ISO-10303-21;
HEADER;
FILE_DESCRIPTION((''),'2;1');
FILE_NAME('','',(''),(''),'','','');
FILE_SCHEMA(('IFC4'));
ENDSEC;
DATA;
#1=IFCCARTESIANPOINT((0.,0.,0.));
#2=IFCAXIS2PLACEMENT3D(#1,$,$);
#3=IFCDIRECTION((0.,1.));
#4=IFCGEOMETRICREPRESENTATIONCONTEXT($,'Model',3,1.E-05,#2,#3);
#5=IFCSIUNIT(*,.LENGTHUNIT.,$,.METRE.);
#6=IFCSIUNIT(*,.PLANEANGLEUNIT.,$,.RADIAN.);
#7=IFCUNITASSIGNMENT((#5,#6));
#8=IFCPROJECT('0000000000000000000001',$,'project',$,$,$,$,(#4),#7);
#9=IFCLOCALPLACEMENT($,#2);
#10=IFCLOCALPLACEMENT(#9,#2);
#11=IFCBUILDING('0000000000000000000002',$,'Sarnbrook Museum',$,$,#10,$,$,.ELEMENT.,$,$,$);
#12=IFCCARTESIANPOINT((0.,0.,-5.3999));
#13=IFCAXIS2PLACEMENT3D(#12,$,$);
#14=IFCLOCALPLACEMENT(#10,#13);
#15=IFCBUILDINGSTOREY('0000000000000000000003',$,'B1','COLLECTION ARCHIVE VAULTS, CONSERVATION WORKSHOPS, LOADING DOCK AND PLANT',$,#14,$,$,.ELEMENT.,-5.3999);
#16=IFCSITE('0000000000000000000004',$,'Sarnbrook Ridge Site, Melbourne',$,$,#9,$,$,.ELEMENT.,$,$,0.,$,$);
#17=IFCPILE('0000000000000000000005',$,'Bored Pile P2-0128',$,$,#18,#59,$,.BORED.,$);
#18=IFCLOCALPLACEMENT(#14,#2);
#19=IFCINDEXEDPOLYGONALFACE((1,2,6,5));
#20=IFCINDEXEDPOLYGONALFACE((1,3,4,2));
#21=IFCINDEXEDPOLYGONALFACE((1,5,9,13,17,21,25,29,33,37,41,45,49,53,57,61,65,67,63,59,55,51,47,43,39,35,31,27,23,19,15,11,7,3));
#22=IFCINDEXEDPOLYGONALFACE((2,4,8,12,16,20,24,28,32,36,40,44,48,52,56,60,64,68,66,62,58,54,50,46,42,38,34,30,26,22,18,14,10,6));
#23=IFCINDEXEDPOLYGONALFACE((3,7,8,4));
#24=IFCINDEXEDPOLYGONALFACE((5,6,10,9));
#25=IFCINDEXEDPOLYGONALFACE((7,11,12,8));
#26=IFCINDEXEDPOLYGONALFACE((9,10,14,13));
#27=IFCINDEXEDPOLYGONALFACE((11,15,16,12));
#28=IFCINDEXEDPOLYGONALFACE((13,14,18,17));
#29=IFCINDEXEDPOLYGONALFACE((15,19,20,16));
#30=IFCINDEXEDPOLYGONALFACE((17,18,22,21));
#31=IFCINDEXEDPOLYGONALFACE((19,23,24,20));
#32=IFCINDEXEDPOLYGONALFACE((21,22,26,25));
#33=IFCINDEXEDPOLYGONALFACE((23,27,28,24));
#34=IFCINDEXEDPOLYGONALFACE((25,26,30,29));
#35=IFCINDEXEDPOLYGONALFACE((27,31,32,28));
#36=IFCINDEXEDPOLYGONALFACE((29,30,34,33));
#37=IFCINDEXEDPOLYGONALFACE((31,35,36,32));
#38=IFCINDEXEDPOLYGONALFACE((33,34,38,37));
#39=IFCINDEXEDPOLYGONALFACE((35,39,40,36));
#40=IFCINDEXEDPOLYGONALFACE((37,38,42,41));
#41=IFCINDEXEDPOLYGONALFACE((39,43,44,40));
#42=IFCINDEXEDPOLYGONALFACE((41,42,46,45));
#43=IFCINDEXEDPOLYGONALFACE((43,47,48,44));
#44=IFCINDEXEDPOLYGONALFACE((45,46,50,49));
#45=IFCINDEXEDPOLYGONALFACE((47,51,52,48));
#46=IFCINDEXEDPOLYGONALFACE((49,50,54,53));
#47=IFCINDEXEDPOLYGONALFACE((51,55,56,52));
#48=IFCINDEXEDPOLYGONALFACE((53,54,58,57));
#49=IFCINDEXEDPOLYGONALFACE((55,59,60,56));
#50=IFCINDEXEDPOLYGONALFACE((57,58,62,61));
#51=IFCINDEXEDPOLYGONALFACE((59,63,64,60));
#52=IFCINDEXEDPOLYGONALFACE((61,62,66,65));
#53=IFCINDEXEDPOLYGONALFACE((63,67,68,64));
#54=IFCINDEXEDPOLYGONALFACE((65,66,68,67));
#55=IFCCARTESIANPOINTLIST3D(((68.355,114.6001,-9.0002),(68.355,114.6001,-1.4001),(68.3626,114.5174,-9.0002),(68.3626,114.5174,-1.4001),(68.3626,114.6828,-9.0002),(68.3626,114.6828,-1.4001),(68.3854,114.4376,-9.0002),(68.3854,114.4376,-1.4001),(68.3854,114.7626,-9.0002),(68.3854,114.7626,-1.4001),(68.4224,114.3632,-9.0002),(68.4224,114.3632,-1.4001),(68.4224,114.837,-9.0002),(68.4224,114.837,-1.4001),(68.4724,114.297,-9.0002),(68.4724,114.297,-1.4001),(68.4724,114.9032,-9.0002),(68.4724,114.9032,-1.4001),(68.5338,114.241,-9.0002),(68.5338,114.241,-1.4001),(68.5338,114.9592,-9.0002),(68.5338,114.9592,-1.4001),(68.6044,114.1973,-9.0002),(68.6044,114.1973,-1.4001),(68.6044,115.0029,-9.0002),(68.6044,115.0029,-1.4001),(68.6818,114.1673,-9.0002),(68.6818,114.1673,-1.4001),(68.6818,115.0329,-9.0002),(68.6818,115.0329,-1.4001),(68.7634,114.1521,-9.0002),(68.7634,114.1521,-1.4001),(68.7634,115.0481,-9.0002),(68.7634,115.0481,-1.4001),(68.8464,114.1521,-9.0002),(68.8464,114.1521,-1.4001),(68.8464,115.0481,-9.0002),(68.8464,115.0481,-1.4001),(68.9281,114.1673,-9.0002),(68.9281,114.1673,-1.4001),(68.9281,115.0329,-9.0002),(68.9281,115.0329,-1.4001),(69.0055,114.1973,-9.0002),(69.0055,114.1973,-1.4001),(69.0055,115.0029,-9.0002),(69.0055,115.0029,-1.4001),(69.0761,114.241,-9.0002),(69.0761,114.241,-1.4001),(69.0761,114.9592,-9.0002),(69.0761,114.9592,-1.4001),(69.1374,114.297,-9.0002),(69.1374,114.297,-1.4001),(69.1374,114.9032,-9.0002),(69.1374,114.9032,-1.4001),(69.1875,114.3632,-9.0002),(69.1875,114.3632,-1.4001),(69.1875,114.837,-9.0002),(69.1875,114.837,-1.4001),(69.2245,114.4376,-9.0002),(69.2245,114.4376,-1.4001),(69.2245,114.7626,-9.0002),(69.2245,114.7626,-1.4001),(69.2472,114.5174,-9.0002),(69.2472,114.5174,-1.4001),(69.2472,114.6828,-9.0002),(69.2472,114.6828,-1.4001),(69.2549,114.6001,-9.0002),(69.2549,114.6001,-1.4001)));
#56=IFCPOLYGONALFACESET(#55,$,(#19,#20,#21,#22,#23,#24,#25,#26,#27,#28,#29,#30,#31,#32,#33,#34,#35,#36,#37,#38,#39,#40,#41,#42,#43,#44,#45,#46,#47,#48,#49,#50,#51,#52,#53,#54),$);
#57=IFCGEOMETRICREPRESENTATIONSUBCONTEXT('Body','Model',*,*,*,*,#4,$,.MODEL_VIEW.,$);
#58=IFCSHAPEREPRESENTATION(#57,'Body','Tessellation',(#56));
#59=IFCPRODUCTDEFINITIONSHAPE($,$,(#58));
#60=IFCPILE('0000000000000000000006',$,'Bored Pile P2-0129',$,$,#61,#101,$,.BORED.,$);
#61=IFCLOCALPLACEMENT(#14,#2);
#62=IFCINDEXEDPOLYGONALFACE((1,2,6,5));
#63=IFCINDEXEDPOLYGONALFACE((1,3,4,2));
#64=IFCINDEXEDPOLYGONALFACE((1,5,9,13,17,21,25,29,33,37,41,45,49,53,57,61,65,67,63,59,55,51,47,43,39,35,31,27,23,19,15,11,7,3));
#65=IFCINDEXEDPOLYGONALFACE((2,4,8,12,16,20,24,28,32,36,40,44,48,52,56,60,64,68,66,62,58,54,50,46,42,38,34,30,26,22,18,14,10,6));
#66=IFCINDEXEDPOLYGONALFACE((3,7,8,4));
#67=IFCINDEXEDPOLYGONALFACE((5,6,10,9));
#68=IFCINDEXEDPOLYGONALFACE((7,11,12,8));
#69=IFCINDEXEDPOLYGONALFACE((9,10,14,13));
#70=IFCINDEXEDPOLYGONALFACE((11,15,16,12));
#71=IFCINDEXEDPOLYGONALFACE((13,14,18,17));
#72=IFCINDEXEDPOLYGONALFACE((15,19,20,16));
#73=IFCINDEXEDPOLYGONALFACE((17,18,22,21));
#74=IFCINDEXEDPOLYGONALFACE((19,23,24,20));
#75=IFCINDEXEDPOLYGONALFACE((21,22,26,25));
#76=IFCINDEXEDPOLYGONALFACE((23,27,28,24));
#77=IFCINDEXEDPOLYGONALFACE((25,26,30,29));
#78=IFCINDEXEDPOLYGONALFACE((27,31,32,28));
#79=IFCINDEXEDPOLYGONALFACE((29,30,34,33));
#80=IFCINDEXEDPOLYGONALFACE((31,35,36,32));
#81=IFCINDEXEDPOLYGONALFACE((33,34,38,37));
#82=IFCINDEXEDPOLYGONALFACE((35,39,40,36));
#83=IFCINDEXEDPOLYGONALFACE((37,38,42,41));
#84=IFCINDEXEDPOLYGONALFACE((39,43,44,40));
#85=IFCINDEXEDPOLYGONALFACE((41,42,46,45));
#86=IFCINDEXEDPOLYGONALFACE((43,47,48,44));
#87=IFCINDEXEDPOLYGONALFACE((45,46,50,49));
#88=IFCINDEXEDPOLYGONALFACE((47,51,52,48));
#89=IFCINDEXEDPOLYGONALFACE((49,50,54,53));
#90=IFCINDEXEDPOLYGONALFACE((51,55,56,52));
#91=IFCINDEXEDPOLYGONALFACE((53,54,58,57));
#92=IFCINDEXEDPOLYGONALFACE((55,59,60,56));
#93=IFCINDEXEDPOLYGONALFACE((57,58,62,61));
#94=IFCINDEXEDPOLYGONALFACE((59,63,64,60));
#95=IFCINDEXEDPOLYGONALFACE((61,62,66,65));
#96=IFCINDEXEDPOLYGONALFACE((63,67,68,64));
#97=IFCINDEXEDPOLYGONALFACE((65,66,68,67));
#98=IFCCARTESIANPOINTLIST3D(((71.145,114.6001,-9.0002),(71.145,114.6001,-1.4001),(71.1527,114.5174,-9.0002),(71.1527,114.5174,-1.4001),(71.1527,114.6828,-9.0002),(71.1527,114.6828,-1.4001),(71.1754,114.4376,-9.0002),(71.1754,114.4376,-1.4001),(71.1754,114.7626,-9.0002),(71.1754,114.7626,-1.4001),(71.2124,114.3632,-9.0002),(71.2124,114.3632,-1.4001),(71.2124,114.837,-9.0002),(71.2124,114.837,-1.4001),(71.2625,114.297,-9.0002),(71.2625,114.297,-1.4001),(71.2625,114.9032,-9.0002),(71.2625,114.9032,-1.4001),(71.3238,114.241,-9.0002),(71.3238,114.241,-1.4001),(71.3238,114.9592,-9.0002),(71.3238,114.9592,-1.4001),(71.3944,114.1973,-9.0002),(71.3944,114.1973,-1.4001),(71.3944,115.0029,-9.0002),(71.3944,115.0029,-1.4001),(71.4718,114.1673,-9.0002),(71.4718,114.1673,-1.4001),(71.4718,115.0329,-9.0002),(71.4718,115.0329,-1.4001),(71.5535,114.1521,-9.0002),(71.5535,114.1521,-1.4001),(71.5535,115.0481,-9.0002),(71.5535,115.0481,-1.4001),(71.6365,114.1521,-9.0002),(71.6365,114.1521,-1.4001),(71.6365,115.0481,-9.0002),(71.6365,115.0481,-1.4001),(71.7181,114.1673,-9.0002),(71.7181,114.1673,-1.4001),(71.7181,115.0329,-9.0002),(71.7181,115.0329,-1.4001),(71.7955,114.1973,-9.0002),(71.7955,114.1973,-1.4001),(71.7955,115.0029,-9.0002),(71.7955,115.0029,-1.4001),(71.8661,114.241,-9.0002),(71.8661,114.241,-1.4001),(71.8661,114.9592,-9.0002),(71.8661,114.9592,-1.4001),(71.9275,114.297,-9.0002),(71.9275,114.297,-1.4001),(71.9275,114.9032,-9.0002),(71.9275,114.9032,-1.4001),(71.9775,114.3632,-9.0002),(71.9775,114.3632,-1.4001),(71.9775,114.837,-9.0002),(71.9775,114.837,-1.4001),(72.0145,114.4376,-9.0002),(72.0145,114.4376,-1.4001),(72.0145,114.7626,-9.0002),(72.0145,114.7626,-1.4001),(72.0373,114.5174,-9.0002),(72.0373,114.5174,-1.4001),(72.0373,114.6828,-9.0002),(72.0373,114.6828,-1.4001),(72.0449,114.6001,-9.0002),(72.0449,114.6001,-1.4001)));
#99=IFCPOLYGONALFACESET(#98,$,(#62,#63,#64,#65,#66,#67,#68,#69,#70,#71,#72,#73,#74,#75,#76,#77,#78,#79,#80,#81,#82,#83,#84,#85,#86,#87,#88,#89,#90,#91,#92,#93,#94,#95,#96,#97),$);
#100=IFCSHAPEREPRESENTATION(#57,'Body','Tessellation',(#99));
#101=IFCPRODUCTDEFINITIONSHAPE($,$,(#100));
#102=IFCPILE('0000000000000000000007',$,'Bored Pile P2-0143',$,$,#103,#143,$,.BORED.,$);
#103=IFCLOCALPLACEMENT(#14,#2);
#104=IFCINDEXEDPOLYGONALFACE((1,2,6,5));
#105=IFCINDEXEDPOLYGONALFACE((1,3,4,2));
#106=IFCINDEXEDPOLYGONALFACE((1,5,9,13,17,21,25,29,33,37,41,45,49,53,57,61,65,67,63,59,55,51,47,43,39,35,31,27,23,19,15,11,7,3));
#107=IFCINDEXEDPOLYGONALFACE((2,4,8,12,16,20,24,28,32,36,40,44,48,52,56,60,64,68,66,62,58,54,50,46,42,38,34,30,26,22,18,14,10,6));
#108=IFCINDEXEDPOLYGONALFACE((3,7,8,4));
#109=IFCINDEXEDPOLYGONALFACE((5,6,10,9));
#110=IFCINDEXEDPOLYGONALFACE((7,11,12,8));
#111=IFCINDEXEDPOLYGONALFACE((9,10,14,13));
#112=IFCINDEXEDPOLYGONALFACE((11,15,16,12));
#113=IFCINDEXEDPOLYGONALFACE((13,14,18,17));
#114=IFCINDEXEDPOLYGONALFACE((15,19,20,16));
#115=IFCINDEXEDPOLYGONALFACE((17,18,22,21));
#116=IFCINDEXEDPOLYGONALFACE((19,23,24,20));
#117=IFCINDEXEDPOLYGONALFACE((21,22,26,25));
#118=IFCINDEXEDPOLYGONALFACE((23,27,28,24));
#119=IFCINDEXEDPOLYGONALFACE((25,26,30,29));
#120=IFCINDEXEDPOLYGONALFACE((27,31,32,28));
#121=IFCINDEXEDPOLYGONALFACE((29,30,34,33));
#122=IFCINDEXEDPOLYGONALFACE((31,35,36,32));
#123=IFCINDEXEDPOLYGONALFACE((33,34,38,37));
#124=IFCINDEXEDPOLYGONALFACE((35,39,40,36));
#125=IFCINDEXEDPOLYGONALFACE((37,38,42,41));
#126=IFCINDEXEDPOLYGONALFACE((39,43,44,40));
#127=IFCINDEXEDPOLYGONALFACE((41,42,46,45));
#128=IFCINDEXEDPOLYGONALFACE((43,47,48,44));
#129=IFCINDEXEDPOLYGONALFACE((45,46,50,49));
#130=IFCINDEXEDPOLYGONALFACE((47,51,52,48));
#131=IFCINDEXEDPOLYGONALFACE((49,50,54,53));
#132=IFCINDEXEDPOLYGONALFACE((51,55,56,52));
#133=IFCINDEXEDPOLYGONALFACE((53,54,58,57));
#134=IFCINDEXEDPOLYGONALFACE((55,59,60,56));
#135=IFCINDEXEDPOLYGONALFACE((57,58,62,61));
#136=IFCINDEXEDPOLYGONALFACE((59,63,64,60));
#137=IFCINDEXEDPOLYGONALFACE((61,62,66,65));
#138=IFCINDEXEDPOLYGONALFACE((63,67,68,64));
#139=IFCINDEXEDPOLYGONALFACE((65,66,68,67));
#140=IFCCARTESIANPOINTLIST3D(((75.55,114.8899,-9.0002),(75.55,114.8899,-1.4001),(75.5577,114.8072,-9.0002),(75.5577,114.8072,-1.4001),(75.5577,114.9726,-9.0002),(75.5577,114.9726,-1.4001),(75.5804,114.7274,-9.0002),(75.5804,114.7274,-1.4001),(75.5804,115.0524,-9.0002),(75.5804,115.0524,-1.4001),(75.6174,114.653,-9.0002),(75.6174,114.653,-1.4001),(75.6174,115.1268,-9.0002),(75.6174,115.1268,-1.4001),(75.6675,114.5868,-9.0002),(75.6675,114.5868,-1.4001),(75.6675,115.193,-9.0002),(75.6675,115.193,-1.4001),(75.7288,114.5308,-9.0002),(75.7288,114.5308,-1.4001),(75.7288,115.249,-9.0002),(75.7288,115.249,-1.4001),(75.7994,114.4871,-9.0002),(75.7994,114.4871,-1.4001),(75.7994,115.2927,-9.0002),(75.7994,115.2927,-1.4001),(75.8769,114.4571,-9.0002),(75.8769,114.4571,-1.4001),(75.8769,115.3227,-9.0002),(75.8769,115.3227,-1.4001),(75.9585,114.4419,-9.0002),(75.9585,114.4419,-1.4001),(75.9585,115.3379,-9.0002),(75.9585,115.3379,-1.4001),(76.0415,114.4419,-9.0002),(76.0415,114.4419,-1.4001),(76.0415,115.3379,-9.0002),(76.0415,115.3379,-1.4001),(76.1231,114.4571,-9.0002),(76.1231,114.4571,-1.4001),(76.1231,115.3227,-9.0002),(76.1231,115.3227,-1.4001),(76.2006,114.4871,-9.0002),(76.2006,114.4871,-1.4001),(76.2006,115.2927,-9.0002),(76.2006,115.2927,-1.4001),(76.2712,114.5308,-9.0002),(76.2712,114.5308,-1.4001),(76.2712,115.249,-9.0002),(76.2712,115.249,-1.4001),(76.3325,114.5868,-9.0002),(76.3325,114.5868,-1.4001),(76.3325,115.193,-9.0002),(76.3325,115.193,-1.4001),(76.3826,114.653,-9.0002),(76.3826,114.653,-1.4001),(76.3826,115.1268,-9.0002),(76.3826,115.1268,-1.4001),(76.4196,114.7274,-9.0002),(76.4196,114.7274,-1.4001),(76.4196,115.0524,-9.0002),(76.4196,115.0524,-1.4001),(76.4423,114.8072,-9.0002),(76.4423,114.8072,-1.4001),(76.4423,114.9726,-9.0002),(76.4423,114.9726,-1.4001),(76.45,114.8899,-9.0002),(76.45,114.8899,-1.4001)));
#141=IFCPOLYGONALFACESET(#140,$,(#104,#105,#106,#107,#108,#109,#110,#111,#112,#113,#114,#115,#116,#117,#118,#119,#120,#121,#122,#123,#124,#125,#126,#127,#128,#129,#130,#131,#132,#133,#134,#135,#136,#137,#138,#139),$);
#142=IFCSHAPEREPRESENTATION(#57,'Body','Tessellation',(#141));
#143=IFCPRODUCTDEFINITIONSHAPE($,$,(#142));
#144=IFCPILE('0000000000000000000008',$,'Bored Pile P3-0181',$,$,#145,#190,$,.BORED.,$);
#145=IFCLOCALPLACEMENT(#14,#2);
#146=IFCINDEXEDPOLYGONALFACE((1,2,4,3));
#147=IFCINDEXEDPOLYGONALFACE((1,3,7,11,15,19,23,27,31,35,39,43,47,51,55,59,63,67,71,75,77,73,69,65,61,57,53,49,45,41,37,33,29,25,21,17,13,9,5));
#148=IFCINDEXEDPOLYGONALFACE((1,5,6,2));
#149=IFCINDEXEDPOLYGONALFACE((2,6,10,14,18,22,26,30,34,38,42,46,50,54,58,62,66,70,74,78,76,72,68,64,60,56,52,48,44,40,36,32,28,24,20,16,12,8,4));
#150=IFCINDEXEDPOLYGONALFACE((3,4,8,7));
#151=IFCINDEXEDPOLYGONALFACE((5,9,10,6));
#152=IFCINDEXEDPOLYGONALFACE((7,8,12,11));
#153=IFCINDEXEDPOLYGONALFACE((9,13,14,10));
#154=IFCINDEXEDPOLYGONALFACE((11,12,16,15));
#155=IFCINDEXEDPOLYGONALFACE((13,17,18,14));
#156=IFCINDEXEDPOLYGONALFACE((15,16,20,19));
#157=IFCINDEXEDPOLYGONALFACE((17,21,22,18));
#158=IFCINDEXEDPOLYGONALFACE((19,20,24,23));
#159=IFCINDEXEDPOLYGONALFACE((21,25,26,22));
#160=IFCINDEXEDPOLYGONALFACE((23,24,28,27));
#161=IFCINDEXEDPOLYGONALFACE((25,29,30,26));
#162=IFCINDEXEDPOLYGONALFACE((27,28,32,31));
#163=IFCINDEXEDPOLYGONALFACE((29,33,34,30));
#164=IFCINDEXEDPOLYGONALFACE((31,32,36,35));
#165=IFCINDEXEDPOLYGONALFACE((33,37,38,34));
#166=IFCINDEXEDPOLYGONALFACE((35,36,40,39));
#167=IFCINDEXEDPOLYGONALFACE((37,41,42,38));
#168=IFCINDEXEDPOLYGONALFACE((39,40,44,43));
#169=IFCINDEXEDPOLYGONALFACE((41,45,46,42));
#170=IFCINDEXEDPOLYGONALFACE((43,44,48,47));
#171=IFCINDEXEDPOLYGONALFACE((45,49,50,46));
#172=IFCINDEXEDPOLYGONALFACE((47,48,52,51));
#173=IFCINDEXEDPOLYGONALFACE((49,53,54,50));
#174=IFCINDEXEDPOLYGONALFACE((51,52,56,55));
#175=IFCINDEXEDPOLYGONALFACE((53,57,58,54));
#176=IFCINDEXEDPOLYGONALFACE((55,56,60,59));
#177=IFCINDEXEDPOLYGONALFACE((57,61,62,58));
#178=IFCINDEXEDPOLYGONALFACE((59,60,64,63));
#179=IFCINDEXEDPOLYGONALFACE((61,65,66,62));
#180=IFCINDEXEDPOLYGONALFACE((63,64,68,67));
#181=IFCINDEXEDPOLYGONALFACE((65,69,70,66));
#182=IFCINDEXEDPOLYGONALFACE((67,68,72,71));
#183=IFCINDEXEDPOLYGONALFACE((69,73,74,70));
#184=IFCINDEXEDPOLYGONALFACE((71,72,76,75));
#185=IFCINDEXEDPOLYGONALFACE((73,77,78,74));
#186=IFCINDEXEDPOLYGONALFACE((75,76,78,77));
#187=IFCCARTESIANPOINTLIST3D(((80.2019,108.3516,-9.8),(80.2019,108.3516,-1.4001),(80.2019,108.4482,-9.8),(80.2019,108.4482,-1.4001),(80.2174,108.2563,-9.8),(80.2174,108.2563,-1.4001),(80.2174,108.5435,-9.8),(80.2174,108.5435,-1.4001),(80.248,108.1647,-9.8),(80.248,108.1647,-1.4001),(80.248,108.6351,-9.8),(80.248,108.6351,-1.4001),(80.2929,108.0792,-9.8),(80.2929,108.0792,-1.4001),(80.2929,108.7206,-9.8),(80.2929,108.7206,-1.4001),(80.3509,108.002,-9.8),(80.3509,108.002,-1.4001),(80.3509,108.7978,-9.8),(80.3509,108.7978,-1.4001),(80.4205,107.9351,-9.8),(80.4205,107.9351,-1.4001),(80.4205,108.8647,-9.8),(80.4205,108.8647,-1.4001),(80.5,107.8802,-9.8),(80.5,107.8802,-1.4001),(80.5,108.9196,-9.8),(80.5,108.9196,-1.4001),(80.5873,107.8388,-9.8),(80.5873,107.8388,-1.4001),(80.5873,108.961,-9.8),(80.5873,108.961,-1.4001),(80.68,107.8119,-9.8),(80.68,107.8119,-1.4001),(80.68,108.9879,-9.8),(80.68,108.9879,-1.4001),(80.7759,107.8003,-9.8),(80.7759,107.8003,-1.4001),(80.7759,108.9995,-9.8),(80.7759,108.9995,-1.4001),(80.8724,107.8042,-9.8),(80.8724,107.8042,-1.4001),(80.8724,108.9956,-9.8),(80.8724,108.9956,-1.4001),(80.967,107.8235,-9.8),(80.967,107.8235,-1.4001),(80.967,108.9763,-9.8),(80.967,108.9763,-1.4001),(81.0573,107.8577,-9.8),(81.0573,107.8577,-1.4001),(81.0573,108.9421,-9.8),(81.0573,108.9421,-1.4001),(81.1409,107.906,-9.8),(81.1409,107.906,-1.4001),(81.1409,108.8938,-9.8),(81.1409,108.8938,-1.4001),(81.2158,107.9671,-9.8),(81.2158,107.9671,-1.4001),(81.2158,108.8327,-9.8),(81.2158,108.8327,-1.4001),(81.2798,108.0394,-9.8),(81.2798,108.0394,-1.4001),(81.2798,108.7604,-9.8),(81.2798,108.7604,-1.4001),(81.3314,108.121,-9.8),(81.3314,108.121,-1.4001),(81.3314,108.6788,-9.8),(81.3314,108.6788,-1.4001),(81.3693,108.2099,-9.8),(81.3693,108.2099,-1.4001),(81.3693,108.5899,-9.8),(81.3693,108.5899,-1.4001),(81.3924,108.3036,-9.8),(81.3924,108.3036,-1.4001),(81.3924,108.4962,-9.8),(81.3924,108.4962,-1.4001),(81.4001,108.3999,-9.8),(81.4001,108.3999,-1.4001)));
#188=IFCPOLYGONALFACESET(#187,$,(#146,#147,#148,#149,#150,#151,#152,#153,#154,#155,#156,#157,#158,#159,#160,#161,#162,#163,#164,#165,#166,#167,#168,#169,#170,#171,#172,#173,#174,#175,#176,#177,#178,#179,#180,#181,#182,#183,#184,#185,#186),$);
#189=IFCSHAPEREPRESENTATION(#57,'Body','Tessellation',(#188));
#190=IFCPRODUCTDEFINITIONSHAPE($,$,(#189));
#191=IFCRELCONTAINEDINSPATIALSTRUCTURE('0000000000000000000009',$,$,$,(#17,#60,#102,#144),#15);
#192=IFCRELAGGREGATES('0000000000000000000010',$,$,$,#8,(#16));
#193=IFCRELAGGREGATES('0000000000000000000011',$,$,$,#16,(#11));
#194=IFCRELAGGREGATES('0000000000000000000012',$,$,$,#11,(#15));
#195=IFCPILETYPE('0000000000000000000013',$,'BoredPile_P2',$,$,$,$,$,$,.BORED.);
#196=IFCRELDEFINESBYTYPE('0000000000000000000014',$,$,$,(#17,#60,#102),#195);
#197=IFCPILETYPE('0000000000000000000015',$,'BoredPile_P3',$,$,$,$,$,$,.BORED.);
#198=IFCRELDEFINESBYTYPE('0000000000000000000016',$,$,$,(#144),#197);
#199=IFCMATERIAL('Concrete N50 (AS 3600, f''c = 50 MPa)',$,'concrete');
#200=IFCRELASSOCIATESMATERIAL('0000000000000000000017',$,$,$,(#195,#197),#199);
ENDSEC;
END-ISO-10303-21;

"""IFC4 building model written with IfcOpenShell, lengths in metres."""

from ifc_helpers import new_model, si_unit, direction, frame, origin, origin_2d, place, context, subcontext, project, spatial, circle, extrude, material, material_profile, profile_set, type_object, element, save


model = new_model("IFC4")

# Units and contexts
model_context = context("Model", 3, precision=1e-05, world=origin(), true_north=direction((0.0, 1.0)))
body_context = subcontext(model_context, "Body", "Model", "MODEL_VIEW")
ifc_project = project(units=[si_unit("LENGTHUNIT", "METRE"), si_unit("PLANEANGLEUNIT", "RADIAN")], contexts=[model_context])

# Site, building, storey
site_placement = place(None, origin())
site = spatial("IfcSite", under=ifc_project, at=site_placement, Name="Sarnbrook Ridge Site, Melbourne", CompositionType="ELEMENT", RefElevation=0.0)
building_placement = place(site_placement, origin())
building = spatial("IfcBuilding", under=site, at=building_placement, Name="Sarnbrook Museum", CompositionType="ELEMENT")
storey_placement = place(building_placement, frame((0.0, 0.0, -5.3999)))
storey = spatial("IfcBuildingStorey", under=building, at=storey_placement, Name="B1", Description="COLLECTION ARCHIVE VAULTS, CONSERVATION WORKSHOPS, LOADING DOCK AND PLANT", CompositionType="ELEMENT", Elevation=-5.3999)

# Piles
ifc_material_1 = material(Name="Concrete N50 (AS 3600, f'c = 50 MPa)", Category="concrete")
ifc_material_profile_1 = material_profile(ifc_material_1, circle(Radius=0.45, at=origin_2d()), Name="BORED PILE D900")
ifc_profile_set_1 = profile_set([ifc_material_profile_1], Name="Concrete N50 (AS 3600, f'c = 50 MPa)")
pile_type_1 = type_object("IfcPileType", Name="BoredPile_P2", PredefinedType="BORED", material=ifc_profile_set_1)
for number, where, z_axis, x_axis, name in (
    (1, (68.8049, 114.6001, -1.4001), (0.0, 0.0, -1.0), (1.0, 0.0, 0.0), "Bored Pile P2-0128"),
    (2, (71.595, 114.6001, -1.4001), (0.0, 0.0, -1.0), (1.0, 0.0, 0.0), "Bored Pile P2-0129"),
    (3, (76.0, 114.8899, -1.4001), (0.0, 0.0, -1.0), (1.0, 0.0, 0.0), "Bored Pile P2-0143"),
):
    element("IfcPile", number, at=place(storey_placement, frame(where, z_axis=z_axis, x_axis=x_axis)), inside=storey, type_object=pile_type_1, Name=name, PredefinedType="BORED", context=body_context, shape_type="SweptSolid", body=[
        extrude(circle(Radius=0.45, at=origin_2d()), origin(), (0.0, 0.0, 1.0), 7.6001),
    ])
ifc_material_profile_2 = material_profile(ifc_material_1, circle(Radius=0.6001, at=origin_2d()), Name="BORED PILE D1200")
ifc_profile_set_2 = profile_set([ifc_material_profile_2], Name="Concrete N50 (AS 3600, f'c = 50 MPa)")
pile_type_2 = type_object("IfcPileType", Name="BoredPile_P3", PredefinedType="BORED", material=ifc_profile_set_2)
for number, where, z_axis, x_axis, name in (
    (4, (80.8, 108.3999, -1.4001), (0.0, 0.0, -1.0), (1.0, 0.0, 0.0), "Bored Pile P3-0181"),
):
    element("IfcPile", number, at=place(storey_placement, frame(where, z_axis=z_axis, x_axis=x_axis)), inside=storey, type_object=pile_type_2, Name=name, PredefinedType="BORED", context=body_context, shape_type="SweptSolid", body=[
        extrude(circle(Radius=0.6001, at=origin_2d()), origin(), (0.0, 0.0, 1.0), 8.3999),
    ])

save(model, "model.ifc")
